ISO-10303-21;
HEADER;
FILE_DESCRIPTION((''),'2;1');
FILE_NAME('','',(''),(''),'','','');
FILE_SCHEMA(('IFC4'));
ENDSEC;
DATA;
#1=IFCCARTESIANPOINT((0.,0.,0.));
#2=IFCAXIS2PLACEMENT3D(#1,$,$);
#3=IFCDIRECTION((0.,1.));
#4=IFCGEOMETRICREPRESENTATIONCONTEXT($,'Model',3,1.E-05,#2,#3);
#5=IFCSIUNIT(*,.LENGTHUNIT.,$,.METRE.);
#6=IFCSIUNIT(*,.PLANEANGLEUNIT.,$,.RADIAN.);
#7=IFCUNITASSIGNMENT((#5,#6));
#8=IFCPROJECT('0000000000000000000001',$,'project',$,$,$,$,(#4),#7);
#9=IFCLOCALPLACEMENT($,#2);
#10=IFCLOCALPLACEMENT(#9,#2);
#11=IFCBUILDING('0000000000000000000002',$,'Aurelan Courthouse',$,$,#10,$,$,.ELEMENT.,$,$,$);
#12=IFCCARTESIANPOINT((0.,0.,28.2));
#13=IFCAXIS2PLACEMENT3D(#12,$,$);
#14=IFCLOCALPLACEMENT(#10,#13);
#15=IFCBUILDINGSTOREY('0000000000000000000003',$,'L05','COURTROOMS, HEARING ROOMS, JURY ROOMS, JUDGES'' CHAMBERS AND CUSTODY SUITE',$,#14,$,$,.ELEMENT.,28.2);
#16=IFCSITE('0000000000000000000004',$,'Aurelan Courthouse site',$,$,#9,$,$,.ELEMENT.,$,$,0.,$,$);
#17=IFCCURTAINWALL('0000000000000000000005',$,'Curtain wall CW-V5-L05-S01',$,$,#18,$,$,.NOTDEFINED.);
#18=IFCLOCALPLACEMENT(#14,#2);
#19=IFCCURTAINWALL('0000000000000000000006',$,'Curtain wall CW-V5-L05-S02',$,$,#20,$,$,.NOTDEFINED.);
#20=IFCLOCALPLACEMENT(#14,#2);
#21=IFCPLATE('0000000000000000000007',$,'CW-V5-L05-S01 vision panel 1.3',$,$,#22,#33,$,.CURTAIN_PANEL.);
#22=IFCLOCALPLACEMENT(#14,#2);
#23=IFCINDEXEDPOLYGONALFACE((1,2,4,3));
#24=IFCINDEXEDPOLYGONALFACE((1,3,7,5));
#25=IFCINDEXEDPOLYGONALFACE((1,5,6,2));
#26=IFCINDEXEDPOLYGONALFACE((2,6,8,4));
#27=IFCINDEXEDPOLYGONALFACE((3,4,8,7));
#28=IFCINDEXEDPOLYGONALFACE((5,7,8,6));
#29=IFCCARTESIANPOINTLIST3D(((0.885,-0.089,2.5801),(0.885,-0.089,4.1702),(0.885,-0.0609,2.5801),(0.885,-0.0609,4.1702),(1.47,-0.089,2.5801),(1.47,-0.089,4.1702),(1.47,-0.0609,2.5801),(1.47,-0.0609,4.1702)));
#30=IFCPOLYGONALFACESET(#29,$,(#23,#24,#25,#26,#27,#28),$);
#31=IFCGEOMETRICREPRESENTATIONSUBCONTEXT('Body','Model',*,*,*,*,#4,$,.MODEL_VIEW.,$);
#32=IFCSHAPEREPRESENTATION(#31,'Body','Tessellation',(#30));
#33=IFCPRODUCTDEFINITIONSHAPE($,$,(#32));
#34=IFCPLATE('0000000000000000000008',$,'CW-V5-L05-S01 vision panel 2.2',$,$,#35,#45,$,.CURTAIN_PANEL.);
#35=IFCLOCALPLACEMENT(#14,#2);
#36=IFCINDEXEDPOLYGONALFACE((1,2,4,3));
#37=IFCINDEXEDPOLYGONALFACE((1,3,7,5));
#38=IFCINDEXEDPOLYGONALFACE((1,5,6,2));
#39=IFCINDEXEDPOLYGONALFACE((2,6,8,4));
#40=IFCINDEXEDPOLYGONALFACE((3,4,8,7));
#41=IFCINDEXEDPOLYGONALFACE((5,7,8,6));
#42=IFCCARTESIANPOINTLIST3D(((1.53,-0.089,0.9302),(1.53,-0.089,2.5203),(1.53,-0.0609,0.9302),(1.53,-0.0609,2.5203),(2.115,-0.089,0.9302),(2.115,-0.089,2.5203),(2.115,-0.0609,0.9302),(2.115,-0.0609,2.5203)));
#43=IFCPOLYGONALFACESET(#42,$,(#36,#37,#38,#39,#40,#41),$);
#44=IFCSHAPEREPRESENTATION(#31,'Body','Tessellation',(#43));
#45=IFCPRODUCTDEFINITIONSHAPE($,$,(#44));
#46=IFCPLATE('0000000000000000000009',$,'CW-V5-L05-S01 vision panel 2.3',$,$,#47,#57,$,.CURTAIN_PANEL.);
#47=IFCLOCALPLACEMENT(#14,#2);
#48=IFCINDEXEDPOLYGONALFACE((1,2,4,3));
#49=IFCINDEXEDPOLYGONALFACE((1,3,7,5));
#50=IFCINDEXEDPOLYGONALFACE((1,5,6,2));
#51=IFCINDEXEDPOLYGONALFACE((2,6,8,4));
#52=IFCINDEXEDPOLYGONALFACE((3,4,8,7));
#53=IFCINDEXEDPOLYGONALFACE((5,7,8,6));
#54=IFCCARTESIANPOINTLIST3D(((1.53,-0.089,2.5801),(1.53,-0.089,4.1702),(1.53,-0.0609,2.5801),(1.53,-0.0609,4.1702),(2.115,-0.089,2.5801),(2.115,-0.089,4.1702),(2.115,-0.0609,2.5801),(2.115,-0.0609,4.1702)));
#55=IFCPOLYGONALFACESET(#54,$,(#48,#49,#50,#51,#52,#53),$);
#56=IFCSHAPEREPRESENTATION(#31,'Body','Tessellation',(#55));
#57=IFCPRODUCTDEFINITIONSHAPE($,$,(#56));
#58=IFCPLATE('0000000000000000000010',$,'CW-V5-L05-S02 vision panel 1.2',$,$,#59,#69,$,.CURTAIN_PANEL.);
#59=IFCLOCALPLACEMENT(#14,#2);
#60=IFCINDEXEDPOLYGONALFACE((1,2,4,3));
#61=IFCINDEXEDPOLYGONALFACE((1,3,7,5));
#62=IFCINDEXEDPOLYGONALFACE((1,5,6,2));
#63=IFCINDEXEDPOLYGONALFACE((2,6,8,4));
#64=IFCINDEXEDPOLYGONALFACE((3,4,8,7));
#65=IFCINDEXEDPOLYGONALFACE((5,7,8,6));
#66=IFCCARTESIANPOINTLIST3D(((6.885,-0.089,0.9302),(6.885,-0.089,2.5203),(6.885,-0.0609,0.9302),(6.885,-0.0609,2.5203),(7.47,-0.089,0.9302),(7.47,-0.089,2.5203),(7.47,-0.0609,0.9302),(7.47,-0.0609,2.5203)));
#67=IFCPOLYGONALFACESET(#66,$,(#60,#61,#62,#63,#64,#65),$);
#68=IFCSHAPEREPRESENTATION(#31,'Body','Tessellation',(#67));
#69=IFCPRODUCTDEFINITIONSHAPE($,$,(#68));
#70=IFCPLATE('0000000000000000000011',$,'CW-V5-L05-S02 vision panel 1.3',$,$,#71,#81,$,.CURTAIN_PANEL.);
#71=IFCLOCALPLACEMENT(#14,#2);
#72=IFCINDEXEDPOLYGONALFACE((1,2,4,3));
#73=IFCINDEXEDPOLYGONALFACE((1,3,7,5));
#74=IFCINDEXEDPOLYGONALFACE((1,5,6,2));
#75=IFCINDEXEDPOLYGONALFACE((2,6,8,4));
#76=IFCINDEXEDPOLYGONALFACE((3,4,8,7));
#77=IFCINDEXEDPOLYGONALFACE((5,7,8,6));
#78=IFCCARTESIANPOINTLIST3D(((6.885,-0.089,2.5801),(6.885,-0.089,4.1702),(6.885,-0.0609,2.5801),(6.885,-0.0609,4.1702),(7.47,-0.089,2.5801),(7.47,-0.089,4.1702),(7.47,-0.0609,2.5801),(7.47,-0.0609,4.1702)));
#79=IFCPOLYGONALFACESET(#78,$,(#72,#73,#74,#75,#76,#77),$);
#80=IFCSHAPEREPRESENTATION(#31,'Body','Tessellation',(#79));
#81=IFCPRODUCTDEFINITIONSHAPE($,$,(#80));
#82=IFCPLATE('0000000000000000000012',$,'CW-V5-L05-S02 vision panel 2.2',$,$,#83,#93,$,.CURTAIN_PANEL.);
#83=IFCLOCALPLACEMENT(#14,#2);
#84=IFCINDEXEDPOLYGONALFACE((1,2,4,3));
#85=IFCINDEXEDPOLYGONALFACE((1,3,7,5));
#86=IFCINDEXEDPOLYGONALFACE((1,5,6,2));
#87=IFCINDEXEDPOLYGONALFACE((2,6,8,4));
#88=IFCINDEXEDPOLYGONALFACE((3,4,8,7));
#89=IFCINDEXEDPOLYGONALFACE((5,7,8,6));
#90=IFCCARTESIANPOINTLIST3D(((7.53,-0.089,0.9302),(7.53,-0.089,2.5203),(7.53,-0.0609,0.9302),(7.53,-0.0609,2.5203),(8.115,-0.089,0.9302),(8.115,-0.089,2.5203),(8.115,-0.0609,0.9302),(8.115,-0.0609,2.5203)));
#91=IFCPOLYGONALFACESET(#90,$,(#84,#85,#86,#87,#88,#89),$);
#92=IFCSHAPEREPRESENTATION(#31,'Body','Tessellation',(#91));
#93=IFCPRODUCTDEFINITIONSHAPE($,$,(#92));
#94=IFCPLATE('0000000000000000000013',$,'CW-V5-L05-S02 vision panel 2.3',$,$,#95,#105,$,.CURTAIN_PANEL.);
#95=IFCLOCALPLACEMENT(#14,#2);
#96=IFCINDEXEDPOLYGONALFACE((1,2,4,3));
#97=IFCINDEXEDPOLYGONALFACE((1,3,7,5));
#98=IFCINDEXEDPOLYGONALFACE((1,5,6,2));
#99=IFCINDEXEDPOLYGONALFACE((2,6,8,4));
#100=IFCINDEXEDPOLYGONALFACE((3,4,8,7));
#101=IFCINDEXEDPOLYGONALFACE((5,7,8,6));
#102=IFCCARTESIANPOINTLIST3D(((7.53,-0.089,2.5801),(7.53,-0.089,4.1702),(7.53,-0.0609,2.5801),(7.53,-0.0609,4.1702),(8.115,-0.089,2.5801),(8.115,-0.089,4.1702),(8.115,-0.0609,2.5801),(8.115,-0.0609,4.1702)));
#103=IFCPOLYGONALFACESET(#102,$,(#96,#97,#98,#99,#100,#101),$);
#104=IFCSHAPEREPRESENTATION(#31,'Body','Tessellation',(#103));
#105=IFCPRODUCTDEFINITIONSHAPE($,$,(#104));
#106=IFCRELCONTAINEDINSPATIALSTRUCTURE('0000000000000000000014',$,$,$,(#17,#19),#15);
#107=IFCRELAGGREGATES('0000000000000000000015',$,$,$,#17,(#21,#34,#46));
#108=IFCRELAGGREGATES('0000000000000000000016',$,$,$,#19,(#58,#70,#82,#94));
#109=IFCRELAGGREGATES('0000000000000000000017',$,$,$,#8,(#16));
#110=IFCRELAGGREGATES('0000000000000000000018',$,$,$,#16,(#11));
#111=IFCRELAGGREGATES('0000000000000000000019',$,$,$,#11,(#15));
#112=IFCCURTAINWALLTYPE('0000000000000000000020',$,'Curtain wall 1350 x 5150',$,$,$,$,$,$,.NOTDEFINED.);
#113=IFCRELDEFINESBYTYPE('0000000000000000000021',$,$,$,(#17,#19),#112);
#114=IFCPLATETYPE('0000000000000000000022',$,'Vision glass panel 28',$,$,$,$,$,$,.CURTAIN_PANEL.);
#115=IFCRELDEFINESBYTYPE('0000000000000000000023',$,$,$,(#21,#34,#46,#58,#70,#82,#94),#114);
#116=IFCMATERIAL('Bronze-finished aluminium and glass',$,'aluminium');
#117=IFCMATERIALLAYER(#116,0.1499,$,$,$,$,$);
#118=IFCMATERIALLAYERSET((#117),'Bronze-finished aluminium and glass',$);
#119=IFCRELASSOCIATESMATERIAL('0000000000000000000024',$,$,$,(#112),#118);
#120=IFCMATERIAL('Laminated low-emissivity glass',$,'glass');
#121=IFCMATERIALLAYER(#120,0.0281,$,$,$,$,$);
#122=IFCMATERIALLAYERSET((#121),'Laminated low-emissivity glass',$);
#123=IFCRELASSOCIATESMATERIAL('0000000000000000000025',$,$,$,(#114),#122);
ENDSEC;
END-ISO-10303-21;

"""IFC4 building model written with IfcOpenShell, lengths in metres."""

from ifc_helpers import new_model, si_unit, direction, frame, origin, origin_2d, place, context, subcontext, project, spatial, rectangle, extrude, material, layer, layer_set, type_object, element, aggregate, save


model = new_model("IFC4")

# Units and contexts
model_context = context("Model", 3, precision=1e-05, world=origin(), true_north=direction((0.0, 1.0)))
body_context = subcontext(model_context, "Body", "Model", "MODEL_VIEW")
ifc_project = project(units=[si_unit("LENGTHUNIT", "METRE"), si_unit("PLANEANGLEUNIT", "RADIAN")], contexts=[model_context])

# Site, building, storey
site_placement = place(None, origin())
site = spatial("IfcSite", under=ifc_project, at=site_placement, Name="Aurelan Courthouse site", CompositionType="ELEMENT", RefElevation=0.0)
building_placement = place(site_placement, origin())
building = spatial("IfcBuilding", under=site, at=building_placement, Name="Aurelan Courthouse", CompositionType="ELEMENT")
storey_placement = place(building_placement, frame((0.0, 0.0, 28.2)))
storey = spatial("IfcBuildingStorey", under=building, at=storey_placement, Name="L05", Description="COURTROOMS, HEARING ROOMS, JURY ROOMS, JUDGES' CHAMBERS AND CUSTODY SUITE", CompositionType="ELEMENT", Elevation=28.2)

# Curtain walls
ifc_material_1 = material(Name="Bronze-finished aluminium and glass", Category="aluminium")
ifc_layer_1 = layer(ifc_material_1, 0.1499)
ifc_layer_set_1 = layer_set([ifc_layer_1], Name="Bronze-finished aluminium and glass")
curtain_wall_type = type_object("IfcCurtainWallType", Name="Curtain wall 1350 x 5150", PredefinedType="NOTDEFINED", material=ifc_layer_set_1)
curtain_wall_1_placement = place(storey_placement, origin())
curtain_wall_1 = element("IfcCurtainWall", 1, at=curtain_wall_1_placement, inside=storey, type_object=curtain_wall_type, Name="Curtain wall CW-V5-L05-S01", PredefinedType="NOTDEFINED")
curtain_wall_2_placement = place(storey_placement, origin())
curtain_wall_2 = element("IfcCurtainWall", 2, at=curtain_wall_2_placement, inside=storey, type_object=curtain_wall_type, Name="Curtain wall CW-V5-L05-S02", PredefinedType="NOTDEFINED")

# Plates
ifc_material_2 = material(Name="Laminated low-emissivity glass", Category="glass")
ifc_layer_2 = layer(ifc_material_2, 0.0281)
ifc_layer_set_2 = layer_set([ifc_layer_2], Name="Laminated low-emissivity glass")
plate_type_1 = type_object("IfcPlateType", Name="Vision glass panel 28", PredefinedType="CURTAIN_PANEL", material=ifc_layer_set_2)
plate_1_placement = place(storey_placement, frame((1.1775, -0.075, 2.5801), z_axis=(0.0, 0.0, 1.0), x_axis=(1.0, 0.0, 0.0)))
plate_1 = element("IfcPlate", 3, at=plate_1_placement, type_object=plate_type_1, Name="CW-V5-L05-S01 vision panel 1.3", PredefinedType="CURTAIN_PANEL", context=body_context, shape_type="SweptSolid", body=[
    extrude(rectangle(XDim=0.585, YDim=0.0281, at=origin_2d()), origin(), (0.0, 0.0, 1.0), 1.5901),
])
plate_2_placement = place(storey_placement, frame((1.8225, -0.075, 0.9302), z_axis=(0.0, 0.0, 1.0), x_axis=(1.0, 0.0, 0.0)))
plate_2 = element("IfcPlate", 4, at=plate_2_placement, type_object=plate_type_1, Name="CW-V5-L05-S01 vision panel 2.2", PredefinedType="CURTAIN_PANEL", context=body_context, shape_type="SweptSolid", body=[
    extrude(rectangle(XDim=0.585, YDim=0.0281, at=origin_2d()), origin(), (0.0, 0.0, 1.0), 1.5901),
])
plate_3_placement = place(storey_placement, frame((1.8225, -0.075, 2.5801), z_axis=(0.0, 0.0, 1.0), x_axis=(1.0, 0.0, 0.0)))
plate_3 = element("IfcPlate", 5, at=plate_3_placement, type_object=plate_type_1, Name="CW-V5-L05-S01 vision panel 2.3", PredefinedType="CURTAIN_PANEL", context=body_context, shape_type="SweptSolid", body=[
    extrude(rectangle(XDim=0.585, YDim=0.0281, at=origin_2d()), origin(), (0.0, 0.0, 1.0), 1.5901),
])
aggregate(curtain_wall_1, [plate_1, plate_2, plate_3])
plate_4_placement = place(storey_placement, frame((7.1775, -0.075, 0.9302), z_axis=(0.0, 0.0, 1.0), x_axis=(1.0, 0.0, 0.0)))
plate_4 = element("IfcPlate", 6, at=plate_4_placement, type_object=plate_type_1, Name="CW-V5-L05-S02 vision panel 1.2", PredefinedType="CURTAIN_PANEL", context=body_context, shape_type="SweptSolid", body=[
    extrude(rectangle(XDim=0.585, YDim=0.0281, at=origin_2d()), origin(), (0.0, 0.0, 1.0), 1.5901),
])
plate_5_placement = place(storey_placement, frame((7.1775, -0.075, 2.5801), z_axis=(0.0, 0.0, 1.0), x_axis=(1.0, 0.0, 0.0)))
plate_5 = element("IfcPlate", 7, at=plate_5_placement, type_object=plate_type_1, Name="CW-V5-L05-S02 vision panel 1.3", PredefinedType="CURTAIN_PANEL", context=body_context, shape_type="SweptSolid", body=[
    extrude(rectangle(XDim=0.585, YDim=0.0281, at=origin_2d()), origin(), (0.0, 0.0, 1.0), 1.5901),
])
plate_6_placement = place(storey_placement, frame((7.8225, -0.075, 0.9302), z_axis=(0.0, 0.0, 1.0), x_axis=(1.0, 0.0, 0.0)))
plate_6 = element("IfcPlate", 8, at=plate_6_placement, type_object=plate_type_1, Name="CW-V5-L05-S02 vision panel 2.2", PredefinedType="CURTAIN_PANEL", context=body_context, shape_type="SweptSolid", body=[
    extrude(rectangle(XDim=0.585, YDim=0.0281, at=origin_2d()), origin(), (0.0, 0.0, 1.0), 1.5901),
])
plate_7_placement = place(storey_placement, frame((7.8225, -0.075, 2.5801), z_axis=(0.0, 0.0, 1.0), x_axis=(1.0, 0.0, 0.0)))
plate_7 = element("IfcPlate", 9, at=plate_7_placement, type_object=plate_type_1, Name="CW-V5-L05-S02 vision panel 2.3", PredefinedType="CURTAIN_PANEL", context=body_context, shape_type="SweptSolid", body=[
    extrude(rectangle(XDim=0.585, YDim=0.0281, at=origin_2d()), origin(), (0.0, 0.0, 1.0), 1.5901),
])
aggregate(curtain_wall_2, [plate_4, plate_5, plate_6, plate_7])

save(model, "model.ifc")
